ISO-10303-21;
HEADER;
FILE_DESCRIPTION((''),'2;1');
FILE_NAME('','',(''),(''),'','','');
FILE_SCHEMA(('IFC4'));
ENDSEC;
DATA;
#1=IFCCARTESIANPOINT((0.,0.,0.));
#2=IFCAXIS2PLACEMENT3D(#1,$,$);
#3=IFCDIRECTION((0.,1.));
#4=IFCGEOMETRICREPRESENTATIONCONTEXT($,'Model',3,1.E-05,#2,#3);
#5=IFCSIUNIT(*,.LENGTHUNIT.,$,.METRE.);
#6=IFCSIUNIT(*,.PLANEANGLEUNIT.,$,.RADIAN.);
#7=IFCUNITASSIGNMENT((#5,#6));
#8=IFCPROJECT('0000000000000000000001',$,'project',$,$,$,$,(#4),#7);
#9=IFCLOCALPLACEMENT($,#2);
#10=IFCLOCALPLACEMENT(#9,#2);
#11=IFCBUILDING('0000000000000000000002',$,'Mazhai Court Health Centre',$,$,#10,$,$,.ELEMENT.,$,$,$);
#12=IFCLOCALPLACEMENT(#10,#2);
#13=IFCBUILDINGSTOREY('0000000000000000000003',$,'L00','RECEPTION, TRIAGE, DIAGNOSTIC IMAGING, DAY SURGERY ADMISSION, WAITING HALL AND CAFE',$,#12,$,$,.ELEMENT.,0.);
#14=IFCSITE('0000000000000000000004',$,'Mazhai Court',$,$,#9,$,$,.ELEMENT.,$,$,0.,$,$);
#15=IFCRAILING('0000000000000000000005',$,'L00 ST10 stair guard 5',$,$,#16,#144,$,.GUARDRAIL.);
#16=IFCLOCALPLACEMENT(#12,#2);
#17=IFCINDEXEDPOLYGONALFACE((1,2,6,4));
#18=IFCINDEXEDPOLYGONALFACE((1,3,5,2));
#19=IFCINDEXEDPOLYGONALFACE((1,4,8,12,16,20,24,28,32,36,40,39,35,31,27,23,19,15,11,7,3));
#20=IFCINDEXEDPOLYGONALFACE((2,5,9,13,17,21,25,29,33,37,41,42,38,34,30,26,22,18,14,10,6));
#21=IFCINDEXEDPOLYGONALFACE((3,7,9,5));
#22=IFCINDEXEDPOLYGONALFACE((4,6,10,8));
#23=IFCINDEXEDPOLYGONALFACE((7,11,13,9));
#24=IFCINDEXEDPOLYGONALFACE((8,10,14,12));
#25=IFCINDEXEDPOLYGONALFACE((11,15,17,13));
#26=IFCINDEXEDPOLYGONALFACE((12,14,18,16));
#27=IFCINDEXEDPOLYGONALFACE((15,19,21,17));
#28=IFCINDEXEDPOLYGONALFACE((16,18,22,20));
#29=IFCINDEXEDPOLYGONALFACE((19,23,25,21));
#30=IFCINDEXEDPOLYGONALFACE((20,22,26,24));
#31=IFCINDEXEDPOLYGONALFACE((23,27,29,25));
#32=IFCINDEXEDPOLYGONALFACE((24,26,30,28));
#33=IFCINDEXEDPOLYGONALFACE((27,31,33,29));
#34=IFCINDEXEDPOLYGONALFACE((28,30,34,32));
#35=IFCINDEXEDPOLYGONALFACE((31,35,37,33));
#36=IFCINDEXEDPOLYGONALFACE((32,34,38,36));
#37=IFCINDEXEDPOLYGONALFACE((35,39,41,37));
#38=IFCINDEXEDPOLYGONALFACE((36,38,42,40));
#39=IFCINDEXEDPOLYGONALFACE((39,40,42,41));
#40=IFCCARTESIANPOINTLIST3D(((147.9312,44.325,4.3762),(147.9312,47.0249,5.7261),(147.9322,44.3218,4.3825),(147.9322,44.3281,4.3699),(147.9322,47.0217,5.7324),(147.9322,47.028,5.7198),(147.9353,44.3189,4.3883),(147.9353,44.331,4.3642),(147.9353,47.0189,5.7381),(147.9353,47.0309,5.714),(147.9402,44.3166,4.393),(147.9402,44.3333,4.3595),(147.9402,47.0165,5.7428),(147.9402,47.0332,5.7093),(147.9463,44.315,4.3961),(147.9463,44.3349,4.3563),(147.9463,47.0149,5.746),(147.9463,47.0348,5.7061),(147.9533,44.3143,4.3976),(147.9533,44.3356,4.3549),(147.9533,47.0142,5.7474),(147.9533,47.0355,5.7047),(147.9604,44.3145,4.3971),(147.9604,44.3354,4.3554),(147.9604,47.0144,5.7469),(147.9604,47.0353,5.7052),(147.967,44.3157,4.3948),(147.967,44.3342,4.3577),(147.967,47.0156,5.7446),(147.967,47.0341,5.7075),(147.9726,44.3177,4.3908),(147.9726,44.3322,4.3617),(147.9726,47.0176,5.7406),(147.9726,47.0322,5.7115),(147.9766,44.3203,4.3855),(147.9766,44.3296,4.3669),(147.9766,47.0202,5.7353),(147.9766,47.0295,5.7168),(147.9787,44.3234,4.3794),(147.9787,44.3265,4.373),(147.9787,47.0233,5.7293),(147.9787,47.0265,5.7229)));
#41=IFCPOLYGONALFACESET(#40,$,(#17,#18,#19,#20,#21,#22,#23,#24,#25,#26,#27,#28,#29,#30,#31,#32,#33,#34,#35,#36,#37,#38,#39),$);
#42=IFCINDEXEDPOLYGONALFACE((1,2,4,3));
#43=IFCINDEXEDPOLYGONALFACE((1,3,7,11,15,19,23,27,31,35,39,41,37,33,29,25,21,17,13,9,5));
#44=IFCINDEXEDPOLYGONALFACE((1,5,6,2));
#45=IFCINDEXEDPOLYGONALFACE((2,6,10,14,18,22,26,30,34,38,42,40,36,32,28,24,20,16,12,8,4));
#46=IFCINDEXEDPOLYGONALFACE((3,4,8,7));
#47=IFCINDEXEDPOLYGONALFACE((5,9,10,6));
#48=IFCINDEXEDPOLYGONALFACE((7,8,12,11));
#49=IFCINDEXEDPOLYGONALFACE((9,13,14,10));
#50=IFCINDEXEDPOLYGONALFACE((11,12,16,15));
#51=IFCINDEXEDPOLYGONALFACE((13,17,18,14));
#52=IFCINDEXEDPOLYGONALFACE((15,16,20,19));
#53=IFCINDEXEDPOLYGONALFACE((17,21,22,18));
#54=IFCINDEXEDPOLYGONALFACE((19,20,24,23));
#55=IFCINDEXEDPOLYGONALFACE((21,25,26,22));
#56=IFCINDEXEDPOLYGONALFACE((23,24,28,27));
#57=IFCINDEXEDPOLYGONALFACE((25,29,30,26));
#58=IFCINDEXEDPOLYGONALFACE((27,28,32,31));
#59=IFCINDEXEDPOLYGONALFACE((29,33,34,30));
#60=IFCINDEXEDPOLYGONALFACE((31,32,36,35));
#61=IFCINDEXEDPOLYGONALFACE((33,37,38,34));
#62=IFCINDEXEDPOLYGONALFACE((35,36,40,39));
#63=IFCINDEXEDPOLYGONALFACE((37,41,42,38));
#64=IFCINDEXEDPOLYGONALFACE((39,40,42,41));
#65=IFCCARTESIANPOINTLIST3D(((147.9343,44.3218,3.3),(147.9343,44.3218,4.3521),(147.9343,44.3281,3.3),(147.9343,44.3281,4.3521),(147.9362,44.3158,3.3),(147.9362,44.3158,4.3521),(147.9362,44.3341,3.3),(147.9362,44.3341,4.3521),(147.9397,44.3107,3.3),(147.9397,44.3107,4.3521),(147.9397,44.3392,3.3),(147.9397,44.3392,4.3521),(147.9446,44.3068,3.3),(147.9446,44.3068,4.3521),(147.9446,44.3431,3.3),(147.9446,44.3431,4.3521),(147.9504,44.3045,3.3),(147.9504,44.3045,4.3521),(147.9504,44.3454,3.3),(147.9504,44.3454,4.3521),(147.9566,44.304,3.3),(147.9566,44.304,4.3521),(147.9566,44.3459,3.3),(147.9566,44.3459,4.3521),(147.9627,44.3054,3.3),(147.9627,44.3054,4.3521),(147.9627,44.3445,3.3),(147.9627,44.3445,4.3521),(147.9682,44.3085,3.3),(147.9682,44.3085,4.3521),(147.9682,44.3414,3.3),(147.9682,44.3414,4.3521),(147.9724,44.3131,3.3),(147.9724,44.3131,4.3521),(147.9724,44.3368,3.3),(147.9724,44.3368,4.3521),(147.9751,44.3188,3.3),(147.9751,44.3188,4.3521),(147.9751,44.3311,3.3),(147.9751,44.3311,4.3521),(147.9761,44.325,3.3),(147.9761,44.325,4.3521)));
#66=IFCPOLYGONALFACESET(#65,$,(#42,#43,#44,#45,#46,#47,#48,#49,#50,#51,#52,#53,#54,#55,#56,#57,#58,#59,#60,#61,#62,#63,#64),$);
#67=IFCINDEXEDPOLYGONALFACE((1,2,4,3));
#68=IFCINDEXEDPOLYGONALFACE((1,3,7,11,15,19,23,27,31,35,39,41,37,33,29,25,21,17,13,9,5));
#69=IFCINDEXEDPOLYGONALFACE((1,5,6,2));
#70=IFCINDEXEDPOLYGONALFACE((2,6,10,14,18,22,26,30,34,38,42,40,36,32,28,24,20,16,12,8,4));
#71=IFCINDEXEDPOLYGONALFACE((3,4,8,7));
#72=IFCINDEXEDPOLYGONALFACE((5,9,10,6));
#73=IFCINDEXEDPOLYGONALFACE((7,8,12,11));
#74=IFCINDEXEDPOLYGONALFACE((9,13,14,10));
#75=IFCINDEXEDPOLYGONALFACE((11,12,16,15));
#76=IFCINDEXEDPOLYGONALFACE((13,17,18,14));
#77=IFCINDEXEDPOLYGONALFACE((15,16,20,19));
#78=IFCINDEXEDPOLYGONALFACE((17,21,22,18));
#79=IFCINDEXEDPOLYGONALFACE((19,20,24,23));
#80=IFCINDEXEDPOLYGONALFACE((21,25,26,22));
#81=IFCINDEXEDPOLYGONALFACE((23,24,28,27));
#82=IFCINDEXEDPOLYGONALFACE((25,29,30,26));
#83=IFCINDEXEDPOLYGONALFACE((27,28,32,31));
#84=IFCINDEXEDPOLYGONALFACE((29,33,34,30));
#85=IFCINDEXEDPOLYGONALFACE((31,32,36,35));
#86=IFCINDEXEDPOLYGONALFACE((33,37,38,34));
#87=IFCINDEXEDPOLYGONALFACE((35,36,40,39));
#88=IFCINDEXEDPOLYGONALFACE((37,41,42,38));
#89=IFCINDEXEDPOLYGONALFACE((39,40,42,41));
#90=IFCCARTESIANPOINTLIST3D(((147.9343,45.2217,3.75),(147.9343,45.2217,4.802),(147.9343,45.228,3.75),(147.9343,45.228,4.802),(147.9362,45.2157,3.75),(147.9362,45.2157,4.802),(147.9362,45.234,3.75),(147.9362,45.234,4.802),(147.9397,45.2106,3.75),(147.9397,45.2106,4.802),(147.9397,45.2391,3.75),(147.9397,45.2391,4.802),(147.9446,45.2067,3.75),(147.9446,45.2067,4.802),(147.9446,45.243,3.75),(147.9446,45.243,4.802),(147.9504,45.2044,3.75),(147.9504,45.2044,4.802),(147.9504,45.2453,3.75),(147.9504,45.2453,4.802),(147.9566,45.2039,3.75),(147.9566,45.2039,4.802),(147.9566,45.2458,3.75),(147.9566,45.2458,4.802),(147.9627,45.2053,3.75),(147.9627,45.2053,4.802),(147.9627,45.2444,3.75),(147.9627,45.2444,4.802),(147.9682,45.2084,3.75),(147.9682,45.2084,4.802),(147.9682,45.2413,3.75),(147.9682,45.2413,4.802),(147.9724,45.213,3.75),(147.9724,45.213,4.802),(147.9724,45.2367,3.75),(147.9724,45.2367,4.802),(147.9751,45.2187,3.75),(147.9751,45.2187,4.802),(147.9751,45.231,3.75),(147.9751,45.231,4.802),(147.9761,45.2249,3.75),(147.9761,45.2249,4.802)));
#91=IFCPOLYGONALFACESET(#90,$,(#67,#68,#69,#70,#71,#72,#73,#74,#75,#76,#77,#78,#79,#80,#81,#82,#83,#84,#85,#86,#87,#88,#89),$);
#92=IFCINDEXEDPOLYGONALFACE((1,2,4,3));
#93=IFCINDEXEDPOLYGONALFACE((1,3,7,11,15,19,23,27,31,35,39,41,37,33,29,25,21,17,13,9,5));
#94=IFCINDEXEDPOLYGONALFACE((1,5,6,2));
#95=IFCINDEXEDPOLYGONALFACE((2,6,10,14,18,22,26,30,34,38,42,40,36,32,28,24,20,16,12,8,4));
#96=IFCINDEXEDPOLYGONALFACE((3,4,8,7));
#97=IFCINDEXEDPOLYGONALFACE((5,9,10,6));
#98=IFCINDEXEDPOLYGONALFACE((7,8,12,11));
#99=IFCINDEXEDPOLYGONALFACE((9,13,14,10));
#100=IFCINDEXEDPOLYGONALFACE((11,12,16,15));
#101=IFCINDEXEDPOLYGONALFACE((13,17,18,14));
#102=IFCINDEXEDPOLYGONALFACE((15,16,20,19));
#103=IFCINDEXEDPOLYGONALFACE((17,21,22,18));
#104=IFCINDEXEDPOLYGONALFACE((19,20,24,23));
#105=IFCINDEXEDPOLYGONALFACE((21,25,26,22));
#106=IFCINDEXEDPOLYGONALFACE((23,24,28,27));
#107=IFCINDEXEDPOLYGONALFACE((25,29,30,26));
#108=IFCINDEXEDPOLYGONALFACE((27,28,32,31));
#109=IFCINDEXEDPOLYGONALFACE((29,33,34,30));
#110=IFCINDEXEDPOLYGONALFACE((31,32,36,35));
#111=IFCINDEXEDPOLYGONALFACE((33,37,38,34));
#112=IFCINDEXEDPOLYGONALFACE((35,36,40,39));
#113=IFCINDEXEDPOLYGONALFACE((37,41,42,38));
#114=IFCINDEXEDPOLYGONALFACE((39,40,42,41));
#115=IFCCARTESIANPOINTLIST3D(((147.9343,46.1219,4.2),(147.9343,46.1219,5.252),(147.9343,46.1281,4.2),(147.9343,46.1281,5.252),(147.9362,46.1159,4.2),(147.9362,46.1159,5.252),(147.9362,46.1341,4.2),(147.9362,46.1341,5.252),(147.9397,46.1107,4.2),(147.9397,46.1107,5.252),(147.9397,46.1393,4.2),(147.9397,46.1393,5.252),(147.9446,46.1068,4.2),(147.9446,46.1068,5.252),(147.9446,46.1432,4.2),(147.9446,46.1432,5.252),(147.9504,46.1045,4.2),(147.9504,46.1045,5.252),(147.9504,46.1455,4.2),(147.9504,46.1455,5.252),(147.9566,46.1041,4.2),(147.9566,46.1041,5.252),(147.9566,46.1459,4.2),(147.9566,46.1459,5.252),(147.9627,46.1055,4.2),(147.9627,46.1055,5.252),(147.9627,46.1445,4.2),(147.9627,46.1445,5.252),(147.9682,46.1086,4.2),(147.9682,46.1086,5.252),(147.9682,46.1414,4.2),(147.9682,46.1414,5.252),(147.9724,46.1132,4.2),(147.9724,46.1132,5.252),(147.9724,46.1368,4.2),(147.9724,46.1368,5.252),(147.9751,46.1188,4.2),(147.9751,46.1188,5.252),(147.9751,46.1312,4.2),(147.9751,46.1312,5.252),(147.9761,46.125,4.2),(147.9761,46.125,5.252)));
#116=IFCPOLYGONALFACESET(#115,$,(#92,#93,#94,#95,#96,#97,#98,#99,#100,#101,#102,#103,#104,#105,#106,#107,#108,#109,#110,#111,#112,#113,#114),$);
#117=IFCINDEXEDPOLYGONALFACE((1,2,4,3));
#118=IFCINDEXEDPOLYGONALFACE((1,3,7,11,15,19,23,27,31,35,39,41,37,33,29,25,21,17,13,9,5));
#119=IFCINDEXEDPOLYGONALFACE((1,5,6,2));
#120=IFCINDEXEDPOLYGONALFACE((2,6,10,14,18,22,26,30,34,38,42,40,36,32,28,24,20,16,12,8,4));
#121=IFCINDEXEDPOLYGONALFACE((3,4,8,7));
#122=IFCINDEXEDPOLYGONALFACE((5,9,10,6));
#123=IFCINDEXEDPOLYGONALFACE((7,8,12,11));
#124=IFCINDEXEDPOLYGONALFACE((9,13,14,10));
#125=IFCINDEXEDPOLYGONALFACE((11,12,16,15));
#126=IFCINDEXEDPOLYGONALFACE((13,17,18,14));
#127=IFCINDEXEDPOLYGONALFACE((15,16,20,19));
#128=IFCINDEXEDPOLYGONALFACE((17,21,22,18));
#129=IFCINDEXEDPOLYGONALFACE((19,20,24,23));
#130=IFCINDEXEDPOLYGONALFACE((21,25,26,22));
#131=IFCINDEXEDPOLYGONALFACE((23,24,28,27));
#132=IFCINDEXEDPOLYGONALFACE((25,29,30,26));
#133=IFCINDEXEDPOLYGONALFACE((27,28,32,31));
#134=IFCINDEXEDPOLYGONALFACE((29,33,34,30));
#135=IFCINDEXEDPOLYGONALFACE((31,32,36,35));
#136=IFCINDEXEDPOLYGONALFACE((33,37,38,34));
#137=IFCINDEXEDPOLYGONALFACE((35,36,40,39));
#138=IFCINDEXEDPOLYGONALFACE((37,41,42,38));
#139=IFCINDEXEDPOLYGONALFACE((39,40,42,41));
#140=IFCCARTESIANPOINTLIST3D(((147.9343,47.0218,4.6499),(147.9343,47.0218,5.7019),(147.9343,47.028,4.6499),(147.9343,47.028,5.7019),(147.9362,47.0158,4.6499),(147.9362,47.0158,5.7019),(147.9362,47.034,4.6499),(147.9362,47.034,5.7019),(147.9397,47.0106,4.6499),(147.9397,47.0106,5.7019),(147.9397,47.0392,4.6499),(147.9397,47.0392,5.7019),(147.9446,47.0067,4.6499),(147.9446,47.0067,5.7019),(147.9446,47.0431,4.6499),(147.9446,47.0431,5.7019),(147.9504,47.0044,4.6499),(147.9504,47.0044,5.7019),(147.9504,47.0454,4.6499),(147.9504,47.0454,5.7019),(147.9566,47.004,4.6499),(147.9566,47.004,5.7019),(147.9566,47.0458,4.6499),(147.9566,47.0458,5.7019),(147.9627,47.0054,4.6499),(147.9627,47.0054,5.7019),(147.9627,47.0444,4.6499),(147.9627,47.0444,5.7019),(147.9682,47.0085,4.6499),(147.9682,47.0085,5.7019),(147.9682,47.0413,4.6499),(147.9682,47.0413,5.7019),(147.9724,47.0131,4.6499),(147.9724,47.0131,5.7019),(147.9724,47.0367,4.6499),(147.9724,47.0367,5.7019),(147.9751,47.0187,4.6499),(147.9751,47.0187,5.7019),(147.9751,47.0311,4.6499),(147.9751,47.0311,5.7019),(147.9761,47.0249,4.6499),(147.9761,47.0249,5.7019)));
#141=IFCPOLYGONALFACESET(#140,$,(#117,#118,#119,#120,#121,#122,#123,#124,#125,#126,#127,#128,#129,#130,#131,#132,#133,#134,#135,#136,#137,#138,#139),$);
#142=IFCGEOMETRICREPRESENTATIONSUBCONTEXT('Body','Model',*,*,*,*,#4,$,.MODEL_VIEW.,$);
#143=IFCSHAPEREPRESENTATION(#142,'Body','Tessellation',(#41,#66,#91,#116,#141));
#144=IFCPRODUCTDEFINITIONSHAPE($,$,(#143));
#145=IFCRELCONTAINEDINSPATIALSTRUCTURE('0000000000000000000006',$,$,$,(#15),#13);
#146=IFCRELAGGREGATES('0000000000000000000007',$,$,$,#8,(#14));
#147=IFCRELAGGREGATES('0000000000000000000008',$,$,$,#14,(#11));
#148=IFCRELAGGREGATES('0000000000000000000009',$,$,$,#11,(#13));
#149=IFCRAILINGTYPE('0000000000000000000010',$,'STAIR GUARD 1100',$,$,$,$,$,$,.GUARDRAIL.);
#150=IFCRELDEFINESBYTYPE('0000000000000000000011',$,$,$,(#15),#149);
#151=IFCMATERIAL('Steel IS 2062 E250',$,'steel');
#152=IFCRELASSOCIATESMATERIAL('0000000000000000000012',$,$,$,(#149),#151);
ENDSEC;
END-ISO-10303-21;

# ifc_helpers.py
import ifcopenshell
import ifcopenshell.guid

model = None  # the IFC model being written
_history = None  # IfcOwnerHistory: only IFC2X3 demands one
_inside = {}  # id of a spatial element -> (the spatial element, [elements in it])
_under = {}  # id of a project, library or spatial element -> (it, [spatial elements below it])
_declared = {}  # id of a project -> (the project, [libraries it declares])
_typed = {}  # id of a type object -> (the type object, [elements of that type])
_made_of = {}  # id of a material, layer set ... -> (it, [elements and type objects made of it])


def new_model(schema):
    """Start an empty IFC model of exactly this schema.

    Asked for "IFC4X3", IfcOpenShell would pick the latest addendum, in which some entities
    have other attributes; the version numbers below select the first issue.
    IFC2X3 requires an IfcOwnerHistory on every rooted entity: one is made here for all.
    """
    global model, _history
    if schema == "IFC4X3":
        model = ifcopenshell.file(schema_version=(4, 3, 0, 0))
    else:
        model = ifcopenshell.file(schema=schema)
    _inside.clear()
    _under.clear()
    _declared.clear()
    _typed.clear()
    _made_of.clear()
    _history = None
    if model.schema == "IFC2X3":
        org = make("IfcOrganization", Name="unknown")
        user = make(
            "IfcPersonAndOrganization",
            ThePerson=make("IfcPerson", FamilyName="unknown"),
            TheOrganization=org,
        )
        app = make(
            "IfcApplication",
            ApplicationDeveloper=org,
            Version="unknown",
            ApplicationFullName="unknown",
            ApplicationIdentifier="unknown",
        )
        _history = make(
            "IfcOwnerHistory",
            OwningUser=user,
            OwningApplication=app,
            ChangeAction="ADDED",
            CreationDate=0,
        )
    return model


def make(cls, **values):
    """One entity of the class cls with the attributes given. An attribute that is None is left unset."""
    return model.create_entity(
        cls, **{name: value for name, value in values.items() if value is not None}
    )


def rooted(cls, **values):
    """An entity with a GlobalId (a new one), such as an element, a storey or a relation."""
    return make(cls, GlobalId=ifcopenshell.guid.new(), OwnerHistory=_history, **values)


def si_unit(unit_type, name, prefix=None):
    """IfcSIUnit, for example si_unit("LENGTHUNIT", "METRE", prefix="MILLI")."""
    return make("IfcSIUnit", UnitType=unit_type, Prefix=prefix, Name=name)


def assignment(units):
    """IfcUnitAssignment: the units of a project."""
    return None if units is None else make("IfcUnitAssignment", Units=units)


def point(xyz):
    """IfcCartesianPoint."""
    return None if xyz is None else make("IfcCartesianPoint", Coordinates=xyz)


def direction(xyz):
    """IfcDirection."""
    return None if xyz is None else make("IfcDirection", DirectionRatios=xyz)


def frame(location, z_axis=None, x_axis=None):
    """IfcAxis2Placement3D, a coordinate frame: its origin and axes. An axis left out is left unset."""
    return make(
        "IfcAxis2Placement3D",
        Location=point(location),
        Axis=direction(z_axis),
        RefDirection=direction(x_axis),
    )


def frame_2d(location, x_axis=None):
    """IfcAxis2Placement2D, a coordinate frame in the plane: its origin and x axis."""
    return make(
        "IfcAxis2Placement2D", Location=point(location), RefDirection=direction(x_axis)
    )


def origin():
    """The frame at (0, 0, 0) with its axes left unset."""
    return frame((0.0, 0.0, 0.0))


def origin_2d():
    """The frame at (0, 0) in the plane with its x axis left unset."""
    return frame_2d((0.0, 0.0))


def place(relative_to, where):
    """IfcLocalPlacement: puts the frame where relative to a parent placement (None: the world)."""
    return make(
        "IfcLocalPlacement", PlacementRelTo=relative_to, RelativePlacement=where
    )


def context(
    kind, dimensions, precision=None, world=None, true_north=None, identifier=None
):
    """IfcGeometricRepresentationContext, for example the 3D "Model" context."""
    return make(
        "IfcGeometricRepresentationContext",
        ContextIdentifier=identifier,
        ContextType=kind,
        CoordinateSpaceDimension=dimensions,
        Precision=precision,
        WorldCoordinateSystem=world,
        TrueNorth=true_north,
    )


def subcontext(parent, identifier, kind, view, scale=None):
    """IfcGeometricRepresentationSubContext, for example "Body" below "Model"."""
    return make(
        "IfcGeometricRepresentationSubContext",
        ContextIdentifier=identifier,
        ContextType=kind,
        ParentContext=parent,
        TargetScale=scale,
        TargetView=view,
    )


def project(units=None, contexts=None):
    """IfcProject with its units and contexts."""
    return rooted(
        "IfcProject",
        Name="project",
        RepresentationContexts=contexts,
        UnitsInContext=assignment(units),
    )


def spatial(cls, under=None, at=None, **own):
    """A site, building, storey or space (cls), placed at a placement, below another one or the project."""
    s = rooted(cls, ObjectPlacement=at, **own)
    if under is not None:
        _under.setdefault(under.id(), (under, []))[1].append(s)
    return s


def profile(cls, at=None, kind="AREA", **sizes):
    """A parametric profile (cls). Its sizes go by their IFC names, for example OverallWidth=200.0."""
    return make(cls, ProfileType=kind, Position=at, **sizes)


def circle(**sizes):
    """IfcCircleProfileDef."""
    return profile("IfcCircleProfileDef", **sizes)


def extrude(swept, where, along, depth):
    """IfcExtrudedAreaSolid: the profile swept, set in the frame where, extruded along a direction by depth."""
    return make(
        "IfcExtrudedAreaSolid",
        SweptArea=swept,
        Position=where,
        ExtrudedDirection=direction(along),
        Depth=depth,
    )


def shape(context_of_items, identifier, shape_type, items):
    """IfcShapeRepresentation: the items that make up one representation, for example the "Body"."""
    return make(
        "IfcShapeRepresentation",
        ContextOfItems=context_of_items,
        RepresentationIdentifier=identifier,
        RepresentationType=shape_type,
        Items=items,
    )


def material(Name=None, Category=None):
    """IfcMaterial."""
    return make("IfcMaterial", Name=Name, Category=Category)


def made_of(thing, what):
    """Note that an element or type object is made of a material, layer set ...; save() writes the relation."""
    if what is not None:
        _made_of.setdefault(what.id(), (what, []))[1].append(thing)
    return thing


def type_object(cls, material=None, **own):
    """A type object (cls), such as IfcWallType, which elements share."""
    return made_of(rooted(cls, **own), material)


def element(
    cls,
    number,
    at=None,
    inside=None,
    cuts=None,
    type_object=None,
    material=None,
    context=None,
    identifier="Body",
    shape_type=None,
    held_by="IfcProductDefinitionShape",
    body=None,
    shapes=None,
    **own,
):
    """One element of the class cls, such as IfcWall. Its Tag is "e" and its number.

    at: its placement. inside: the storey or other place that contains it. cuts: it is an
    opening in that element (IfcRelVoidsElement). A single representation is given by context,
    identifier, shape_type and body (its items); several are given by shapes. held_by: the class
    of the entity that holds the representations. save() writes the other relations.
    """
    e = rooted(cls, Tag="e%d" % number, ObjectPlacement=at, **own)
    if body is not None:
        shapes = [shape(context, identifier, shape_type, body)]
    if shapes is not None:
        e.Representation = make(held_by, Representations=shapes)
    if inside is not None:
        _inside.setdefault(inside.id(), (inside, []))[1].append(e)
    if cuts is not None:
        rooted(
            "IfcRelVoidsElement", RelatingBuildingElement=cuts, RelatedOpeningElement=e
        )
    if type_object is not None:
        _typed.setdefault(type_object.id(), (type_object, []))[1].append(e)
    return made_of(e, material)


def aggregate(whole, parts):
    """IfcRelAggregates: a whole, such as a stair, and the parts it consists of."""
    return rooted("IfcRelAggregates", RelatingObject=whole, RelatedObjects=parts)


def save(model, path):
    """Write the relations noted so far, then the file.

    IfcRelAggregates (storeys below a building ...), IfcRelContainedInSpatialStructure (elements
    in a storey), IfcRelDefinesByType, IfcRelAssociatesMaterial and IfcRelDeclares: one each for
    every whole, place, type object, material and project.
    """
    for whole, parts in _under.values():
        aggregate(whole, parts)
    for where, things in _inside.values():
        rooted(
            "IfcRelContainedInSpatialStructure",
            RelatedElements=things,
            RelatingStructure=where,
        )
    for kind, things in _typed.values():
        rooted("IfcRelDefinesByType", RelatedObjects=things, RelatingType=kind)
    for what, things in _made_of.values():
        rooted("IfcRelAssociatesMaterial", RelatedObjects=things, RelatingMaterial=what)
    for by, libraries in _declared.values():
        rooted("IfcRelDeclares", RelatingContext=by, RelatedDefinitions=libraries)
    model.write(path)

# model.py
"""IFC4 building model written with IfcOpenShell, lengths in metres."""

from ifc_helpers import new_model, si_unit, direction, frame, origin, origin_2d, place, context, subcontext, project, spatial, circle, extrude, material, type_object, element, save


model = new_model("IFC4")

# Units and contexts
model_context = context("Model", 3, precision=1e-05, world=origin(), true_north=direction((0.0, 1.0)))
body_context = subcontext(model_context, "Body", "Model", "MODEL_VIEW")
ifc_project = project(units=[si_unit("LENGTHUNIT", "METRE"), si_unit("PLANEANGLEUNIT", "RADIAN")], contexts=[model_context])

# Site, building, storey
site_placement = place(None, origin())
site = spatial("IfcSite", under=ifc_project, at=site_placement, Name="Mazhai Court", CompositionType="ELEMENT", RefElevation=0.0)
building_placement = place(site_placement, origin())
building = spatial("IfcBuilding", under=site, at=building_placement, Name="Mazhai Court Health Centre", CompositionType="ELEMENT")
storey_placement = place(building_placement, origin())
storey = spatial("IfcBuildingStorey", under=building, at=storey_placement, Name="L00", Description="RECEPTION, TRIAGE, DIAGNOSTIC IMAGING, DAY SURGERY ADMISSION, WAITING HALL AND CAFE", CompositionType="ELEMENT", Elevation=0.0)

# Railing
ifc_material_1 = material(Name="Steel IS 2062 E250", Category="steel")
railing_type_1 = type_object("IfcRailingType", Name="STAIR GUARD 1100", PredefinedType="GUARDRAIL", material=ifc_material_1)
railing_1_placement = place(storey_placement, frame((147.9551, 44.325, 3.3)))
element("IfcRailing", 1, at=railing_1_placement, inside=storey, type_object=railing_type_1, Name="L00 ST10 stair guard 5", PredefinedType="GUARDRAIL", context=body_context, shape_type="SweptSolid", body=[
    extrude(circle(Radius=0.0239, at=origin_2d()), frame((0.0, 0.0, 1.0762), z_axis=(0.0, 0.894443, 0.447181), x_axis=(-1.0, 0.0, 0.0)), (0.0, 0.0, 1.0), 3.0186),
    extrude(circle(Radius=0.021, at=origin_2d()), origin(), (0.0, 0.0, 1.0), 1.052),
    extrude(circle(Radius=0.021, at=origin_2d()), frame((0.0, 0.8999, 0.45)), (0.0, 0.0, 1.0), 1.052),
    extrude(circle(Radius=0.021, at=origin_2d()), frame((0.0, 1.8, 0.8999)), (0.0, 0.0, 1.0), 1.052),
    extrude(circle(Radius=0.021, at=origin_2d()), frame((0.0, 2.7, 1.3499)), (0.0, 0.0, 1.0), 1.052),
])

save(model, "model.ifc")
